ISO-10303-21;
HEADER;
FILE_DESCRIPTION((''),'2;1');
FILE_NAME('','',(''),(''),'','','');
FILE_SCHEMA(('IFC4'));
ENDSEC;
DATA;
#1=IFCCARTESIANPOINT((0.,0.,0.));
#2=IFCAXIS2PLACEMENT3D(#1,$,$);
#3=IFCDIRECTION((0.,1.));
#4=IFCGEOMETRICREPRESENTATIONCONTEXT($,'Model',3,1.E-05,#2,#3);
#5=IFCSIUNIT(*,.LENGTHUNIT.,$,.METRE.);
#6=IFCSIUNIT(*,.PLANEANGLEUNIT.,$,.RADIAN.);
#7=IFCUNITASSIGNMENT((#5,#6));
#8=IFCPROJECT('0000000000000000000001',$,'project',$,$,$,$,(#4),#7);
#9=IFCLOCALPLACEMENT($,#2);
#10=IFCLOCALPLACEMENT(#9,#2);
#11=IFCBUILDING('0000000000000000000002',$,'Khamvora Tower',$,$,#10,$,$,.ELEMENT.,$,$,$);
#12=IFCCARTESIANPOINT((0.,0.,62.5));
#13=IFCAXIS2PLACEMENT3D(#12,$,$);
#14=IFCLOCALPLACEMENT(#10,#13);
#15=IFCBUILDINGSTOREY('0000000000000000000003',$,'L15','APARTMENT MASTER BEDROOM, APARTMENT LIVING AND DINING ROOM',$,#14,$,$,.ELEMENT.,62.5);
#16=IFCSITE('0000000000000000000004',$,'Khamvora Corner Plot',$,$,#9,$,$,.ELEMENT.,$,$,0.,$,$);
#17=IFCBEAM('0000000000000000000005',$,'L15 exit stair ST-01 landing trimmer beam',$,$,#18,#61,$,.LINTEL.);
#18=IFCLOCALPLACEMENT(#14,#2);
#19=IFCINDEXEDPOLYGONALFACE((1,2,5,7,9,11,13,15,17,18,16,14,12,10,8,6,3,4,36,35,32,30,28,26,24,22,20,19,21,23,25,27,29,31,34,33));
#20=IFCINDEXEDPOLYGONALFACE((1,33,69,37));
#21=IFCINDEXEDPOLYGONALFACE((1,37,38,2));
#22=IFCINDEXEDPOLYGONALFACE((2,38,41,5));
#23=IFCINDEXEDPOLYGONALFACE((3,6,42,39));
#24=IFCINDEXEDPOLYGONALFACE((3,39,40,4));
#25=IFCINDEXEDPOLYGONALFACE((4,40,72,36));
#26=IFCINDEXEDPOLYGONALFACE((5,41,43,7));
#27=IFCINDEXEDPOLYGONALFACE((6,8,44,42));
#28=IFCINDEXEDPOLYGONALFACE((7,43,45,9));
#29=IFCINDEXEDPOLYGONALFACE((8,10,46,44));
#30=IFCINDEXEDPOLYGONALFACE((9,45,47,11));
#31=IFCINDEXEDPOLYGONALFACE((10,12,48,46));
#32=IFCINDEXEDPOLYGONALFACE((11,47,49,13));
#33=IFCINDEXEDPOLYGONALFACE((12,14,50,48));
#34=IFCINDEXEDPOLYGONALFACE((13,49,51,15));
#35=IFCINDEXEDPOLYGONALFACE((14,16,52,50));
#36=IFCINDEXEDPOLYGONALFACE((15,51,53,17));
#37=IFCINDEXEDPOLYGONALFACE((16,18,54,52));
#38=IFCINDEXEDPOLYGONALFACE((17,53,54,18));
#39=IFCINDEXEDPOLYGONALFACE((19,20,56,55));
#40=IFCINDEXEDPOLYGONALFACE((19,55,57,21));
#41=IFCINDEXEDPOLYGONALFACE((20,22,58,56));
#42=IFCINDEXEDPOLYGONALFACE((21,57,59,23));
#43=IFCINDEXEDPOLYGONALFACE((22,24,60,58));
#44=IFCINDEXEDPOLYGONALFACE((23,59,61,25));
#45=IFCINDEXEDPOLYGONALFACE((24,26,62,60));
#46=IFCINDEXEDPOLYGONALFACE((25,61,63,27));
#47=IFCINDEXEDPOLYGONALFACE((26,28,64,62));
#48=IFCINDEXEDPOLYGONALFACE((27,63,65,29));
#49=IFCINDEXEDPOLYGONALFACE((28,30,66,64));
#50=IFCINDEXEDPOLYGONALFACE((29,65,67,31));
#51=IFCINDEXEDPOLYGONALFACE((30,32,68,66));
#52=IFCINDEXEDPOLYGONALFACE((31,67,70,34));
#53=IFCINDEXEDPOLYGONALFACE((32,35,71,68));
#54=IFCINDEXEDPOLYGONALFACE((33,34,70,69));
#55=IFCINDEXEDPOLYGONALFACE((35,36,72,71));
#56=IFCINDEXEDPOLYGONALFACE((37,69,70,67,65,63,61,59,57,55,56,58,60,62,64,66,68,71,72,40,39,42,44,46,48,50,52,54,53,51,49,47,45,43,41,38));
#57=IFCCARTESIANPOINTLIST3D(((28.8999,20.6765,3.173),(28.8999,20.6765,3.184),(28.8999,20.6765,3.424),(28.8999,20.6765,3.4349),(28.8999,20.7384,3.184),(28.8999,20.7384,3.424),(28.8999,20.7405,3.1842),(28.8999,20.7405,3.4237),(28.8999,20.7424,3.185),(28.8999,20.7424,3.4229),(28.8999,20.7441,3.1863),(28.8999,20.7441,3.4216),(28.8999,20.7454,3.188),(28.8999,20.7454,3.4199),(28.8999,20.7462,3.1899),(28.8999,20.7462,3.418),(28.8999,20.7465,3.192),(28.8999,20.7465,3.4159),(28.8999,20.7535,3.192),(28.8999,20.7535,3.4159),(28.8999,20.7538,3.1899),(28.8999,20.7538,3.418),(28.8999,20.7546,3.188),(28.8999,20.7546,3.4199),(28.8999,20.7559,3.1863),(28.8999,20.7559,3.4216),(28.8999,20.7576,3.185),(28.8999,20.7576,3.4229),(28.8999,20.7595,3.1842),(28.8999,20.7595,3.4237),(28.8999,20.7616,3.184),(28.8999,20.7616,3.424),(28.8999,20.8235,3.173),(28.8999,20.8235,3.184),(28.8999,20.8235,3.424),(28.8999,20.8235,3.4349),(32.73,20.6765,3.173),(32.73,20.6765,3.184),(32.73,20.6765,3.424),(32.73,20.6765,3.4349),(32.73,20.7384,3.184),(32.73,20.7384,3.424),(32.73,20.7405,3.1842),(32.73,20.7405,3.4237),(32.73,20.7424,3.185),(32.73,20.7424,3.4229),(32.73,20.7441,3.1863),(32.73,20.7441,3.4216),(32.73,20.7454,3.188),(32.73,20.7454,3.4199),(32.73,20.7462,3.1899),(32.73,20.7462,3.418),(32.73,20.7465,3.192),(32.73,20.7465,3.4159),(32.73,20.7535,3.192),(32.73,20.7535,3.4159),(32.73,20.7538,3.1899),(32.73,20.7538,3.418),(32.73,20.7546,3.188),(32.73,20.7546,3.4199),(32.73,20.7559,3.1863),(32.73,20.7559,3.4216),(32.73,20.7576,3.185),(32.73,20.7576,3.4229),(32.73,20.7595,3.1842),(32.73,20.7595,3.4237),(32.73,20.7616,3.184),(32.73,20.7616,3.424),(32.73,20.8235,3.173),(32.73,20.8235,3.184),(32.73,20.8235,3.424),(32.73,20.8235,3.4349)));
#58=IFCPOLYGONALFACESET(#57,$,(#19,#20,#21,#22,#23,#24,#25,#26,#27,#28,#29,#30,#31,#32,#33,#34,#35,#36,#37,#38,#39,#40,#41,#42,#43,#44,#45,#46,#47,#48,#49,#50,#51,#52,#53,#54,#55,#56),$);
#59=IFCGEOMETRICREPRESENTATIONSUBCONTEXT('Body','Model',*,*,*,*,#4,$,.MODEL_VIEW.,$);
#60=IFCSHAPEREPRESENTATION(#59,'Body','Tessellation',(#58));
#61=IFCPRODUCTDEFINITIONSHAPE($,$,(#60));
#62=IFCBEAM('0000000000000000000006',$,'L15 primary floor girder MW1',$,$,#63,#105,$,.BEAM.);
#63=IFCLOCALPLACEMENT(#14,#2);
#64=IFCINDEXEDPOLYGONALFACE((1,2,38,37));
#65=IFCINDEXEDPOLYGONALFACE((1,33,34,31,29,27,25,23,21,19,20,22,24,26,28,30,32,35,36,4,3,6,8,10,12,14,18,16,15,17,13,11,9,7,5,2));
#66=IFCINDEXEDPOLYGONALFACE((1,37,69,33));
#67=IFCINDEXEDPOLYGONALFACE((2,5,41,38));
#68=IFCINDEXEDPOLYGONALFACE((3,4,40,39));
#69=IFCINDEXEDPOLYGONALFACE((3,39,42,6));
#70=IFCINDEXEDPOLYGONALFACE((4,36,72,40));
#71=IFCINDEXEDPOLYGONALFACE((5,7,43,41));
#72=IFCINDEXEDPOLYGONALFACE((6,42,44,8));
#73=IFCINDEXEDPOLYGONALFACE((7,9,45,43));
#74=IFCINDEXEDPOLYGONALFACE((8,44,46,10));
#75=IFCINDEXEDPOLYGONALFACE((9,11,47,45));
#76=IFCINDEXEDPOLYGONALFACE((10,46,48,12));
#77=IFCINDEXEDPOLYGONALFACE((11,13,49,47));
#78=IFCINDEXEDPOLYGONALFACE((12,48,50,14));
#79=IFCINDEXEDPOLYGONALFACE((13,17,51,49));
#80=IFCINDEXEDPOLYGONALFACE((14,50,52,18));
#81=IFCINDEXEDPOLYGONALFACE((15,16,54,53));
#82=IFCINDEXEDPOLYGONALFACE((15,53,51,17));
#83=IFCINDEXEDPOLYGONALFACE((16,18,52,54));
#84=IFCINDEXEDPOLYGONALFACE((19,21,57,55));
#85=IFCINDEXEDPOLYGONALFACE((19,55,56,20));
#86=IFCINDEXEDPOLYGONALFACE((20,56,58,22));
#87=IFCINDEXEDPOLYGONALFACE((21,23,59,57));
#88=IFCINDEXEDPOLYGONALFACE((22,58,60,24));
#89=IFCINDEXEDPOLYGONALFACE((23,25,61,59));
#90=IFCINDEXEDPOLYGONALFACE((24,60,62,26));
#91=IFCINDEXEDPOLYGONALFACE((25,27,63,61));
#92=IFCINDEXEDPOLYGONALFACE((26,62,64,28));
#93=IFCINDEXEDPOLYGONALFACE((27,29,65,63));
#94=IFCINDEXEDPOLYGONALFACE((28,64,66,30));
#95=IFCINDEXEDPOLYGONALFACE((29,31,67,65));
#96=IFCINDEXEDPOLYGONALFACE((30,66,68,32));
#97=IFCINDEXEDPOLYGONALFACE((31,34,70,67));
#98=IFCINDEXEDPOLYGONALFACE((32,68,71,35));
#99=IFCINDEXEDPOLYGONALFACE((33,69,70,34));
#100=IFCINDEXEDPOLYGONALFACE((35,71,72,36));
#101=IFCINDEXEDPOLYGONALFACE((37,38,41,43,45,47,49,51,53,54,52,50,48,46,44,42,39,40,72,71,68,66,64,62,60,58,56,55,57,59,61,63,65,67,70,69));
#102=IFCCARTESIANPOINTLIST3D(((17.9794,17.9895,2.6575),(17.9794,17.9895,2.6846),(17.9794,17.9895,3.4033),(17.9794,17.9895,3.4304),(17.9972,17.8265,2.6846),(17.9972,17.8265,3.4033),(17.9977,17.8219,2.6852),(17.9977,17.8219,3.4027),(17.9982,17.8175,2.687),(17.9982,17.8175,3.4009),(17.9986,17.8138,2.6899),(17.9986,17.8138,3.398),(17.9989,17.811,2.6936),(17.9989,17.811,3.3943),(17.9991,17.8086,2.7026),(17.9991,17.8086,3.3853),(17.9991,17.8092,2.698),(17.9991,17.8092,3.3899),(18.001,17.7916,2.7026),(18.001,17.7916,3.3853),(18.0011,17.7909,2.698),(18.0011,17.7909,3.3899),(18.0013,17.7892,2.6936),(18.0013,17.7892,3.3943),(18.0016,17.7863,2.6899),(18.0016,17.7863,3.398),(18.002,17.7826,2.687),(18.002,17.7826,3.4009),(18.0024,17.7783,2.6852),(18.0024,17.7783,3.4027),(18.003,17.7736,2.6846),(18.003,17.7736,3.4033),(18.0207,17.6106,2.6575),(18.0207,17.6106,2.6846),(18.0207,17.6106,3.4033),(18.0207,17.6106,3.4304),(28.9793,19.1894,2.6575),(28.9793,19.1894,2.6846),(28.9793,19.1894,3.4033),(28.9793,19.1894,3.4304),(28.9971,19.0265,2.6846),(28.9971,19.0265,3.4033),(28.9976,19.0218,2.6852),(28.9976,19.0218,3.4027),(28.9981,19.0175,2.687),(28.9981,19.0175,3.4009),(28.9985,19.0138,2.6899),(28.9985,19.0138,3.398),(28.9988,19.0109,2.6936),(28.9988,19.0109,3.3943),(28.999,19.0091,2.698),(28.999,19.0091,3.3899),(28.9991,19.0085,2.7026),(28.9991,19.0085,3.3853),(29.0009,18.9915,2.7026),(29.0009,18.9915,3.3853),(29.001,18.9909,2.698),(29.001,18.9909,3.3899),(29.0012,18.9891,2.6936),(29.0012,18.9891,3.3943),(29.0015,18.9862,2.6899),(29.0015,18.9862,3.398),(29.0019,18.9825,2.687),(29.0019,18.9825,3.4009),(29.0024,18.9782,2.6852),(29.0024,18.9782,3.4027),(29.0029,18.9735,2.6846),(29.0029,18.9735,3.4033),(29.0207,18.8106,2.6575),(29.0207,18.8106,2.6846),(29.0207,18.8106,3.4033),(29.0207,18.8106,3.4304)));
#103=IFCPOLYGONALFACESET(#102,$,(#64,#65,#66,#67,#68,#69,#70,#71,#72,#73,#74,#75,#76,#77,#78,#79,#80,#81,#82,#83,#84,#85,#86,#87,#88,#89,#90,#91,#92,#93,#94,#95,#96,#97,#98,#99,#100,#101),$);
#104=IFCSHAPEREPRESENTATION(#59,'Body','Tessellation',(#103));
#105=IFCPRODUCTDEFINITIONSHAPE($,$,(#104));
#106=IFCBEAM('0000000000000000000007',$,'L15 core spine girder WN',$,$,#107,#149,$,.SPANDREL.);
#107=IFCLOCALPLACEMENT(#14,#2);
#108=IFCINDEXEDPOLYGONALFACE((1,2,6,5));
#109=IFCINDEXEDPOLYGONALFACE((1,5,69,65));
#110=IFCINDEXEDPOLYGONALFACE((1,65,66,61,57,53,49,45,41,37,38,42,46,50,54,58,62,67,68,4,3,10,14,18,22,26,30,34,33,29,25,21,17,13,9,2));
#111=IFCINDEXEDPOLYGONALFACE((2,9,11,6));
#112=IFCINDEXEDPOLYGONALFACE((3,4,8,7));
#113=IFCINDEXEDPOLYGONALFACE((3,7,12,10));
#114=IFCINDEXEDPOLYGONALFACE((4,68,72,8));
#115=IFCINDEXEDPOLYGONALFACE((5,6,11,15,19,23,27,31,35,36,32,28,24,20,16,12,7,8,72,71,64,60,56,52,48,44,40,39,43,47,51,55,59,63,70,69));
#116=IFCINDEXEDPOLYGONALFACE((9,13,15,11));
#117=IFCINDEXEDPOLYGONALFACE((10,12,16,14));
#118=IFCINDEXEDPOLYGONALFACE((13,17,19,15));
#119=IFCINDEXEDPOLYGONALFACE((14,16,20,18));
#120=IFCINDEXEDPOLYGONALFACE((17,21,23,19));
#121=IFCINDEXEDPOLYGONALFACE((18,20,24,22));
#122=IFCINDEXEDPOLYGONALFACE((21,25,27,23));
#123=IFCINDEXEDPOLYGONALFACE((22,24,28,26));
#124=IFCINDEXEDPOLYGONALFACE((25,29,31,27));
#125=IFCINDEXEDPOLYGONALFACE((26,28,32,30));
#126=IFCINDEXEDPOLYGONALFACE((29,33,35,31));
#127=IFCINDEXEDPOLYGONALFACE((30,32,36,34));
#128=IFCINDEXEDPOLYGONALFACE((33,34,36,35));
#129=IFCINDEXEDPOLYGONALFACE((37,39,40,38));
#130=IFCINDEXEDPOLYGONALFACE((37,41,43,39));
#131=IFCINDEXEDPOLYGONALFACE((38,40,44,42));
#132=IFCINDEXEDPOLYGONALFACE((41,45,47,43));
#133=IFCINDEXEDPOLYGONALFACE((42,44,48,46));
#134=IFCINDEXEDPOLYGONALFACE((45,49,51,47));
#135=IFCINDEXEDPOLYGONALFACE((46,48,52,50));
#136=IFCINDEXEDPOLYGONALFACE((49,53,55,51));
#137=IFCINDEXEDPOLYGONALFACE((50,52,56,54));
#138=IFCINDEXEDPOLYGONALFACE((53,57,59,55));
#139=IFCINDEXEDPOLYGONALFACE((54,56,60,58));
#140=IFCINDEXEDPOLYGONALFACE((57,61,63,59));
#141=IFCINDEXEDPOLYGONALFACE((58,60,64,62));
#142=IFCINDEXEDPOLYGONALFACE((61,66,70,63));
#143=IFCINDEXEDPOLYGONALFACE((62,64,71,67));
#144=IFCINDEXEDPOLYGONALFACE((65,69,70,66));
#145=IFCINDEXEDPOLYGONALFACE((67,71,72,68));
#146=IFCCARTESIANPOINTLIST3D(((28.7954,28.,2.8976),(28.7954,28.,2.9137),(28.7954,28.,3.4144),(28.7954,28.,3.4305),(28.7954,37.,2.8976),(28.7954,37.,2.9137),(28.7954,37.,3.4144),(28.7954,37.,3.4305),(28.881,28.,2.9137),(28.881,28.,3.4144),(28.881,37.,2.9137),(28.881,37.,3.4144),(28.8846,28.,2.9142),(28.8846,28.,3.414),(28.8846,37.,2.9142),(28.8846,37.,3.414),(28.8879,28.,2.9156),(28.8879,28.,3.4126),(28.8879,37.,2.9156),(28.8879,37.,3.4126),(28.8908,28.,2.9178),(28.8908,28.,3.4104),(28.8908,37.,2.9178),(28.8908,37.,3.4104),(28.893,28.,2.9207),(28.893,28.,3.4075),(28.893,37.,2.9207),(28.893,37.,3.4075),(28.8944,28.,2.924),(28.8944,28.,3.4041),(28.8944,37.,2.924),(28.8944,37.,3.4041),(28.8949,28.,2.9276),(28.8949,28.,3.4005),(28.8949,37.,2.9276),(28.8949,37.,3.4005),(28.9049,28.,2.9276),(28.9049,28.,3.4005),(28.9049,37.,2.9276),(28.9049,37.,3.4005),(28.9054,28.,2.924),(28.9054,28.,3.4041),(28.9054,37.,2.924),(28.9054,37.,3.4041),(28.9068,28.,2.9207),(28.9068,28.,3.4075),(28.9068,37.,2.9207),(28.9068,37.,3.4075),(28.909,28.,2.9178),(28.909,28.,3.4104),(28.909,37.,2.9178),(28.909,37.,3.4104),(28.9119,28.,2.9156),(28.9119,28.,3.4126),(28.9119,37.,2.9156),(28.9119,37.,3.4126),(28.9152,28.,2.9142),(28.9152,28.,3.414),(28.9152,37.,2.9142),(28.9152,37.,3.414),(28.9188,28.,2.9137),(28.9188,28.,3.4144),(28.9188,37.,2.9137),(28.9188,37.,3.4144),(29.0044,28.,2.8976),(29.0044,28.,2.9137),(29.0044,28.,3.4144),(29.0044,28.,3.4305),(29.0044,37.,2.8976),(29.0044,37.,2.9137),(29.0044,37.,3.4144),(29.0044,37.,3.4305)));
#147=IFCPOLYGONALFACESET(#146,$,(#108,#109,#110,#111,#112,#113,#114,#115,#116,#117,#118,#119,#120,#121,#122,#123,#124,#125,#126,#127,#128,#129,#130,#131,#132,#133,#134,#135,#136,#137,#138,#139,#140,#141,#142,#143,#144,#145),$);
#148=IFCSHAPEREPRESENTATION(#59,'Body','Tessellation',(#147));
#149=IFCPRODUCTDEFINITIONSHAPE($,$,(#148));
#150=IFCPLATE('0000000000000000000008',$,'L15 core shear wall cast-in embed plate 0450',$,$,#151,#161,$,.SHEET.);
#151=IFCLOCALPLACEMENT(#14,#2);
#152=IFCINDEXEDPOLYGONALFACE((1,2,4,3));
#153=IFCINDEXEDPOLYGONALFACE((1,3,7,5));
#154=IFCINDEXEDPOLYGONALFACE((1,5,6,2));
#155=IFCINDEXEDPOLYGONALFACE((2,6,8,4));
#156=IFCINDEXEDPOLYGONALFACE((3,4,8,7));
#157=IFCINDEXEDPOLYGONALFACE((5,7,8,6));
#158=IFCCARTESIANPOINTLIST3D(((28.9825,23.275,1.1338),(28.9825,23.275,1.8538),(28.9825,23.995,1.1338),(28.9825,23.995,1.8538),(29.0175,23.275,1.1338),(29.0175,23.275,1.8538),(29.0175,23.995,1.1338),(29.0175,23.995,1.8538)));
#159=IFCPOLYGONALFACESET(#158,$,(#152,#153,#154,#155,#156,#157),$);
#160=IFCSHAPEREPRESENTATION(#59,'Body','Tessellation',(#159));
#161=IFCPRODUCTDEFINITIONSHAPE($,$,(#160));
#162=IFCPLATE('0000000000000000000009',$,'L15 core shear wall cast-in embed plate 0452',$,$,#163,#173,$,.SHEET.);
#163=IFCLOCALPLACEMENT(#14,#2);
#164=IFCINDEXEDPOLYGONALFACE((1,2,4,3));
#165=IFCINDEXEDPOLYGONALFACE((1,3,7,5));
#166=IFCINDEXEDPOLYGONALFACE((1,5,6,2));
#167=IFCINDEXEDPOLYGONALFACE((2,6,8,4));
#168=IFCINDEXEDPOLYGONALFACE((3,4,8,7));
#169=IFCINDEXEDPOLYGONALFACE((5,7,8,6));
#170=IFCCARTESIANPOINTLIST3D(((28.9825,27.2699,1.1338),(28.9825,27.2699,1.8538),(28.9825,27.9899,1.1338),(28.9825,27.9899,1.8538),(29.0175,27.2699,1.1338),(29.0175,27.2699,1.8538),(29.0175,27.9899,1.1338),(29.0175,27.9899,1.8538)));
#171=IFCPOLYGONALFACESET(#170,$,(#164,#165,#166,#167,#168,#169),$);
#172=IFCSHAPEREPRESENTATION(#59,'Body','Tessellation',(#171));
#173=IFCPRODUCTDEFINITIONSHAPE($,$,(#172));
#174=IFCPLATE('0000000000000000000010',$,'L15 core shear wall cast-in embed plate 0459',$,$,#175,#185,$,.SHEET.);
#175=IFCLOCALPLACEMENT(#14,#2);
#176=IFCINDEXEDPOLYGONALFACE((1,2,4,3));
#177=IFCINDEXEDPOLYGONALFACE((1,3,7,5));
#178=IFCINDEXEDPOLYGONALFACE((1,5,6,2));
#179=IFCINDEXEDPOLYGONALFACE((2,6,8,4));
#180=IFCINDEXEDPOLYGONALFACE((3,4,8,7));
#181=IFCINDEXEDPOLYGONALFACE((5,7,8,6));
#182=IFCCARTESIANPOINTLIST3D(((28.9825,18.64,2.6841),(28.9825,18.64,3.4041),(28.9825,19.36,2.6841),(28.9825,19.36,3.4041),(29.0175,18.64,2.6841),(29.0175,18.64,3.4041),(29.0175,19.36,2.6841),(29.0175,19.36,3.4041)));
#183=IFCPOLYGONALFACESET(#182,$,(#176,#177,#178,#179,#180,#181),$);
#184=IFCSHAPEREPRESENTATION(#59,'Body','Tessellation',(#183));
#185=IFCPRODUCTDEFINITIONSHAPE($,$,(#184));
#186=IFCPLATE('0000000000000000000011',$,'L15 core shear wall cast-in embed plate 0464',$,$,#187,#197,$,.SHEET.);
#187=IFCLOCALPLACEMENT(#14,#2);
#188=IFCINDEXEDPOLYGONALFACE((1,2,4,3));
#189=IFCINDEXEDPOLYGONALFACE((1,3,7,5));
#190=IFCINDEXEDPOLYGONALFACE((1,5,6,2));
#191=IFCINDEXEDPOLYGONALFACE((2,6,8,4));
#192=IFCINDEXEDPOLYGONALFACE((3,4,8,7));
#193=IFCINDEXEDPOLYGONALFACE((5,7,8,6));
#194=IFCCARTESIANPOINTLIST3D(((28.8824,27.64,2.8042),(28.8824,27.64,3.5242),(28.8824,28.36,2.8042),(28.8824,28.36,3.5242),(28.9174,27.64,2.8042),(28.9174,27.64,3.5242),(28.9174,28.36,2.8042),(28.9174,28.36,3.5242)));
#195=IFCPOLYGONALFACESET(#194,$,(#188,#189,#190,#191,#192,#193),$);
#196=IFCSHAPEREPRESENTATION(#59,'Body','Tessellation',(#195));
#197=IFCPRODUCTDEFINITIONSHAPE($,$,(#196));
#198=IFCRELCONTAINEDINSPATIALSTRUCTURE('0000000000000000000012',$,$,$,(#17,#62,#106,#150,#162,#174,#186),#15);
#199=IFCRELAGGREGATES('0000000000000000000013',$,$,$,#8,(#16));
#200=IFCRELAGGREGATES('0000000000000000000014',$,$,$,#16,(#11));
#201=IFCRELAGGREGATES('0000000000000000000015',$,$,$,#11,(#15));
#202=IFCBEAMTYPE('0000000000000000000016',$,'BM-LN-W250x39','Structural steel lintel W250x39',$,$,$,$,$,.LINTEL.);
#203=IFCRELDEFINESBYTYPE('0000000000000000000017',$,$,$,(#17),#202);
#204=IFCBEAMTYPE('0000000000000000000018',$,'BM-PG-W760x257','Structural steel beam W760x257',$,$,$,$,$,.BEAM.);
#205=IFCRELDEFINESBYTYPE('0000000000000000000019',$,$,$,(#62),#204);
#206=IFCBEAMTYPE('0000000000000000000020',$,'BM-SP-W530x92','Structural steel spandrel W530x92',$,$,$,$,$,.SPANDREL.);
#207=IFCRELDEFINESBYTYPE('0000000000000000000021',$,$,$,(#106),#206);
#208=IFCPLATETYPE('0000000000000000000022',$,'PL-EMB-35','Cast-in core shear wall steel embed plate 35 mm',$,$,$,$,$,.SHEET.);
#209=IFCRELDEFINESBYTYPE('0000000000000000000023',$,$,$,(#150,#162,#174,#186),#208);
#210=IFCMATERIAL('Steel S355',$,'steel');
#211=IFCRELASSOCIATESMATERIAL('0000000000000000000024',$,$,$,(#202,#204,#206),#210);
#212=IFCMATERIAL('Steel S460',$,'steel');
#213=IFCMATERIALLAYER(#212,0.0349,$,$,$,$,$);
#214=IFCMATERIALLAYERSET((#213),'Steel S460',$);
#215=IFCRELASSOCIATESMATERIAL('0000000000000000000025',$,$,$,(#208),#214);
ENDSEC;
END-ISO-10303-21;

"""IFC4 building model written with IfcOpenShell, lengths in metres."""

from ifc_helpers import new_model, si_unit, direction, frame, origin, origin_2d, place, context, subcontext, project, spatial, rectangle, i_section, extrude, material, layer, layer_set, material_profile, profile_set, type_object, element, save


model = new_model("IFC4")

# Units and contexts
model_context = context("Model", 3, precision=1e-05, world=origin(), true_north=direction((0.0, 1.0)))
body_context = subcontext(model_context, "Body", "Model", "MODEL_VIEW")
ifc_project = project(units=[si_unit("LENGTHUNIT", "METRE"), si_unit("PLANEANGLEUNIT", "RADIAN")], contexts=[model_context])

# Site, building, storey
site_placement = place(None, origin())
site = spatial("IfcSite", under=ifc_project, at=site_placement, Name="Khamvora Corner Plot", CompositionType="ELEMENT", RefElevation=0.0)
building_placement = place(site_placement, origin())
building = spatial("IfcBuilding", under=site, at=building_placement, Name="Khamvora Tower", CompositionType="ELEMENT")
storey_placement = place(building_placement, frame((0.0, 0.0, 62.5)))
storey = spatial("IfcBuildingStorey", under=building, at=storey_placement, Name="L15", Description="APARTMENT MASTER BEDROOM, APARTMENT LIVING AND DINING ROOM", CompositionType="ELEMENT", Elevation=62.5)

# Shared definitions
ifc_material_1 = material(Name="Steel S460", Category="steel")

# Beams
ifc_material_2 = material(Name="Steel S355", Category="steel")
ifc_material_profile_1 = material_profile(ifc_material_2, i_section(OverallWidth=0.147, OverallDepth=0.262, WebThickness=0.0071, FlangeThickness=0.011, FilletRadius=0.0081, at=origin_2d()), Name="W250x39")
ifc_profile_set_1 = profile_set([ifc_material_profile_1], Name="Steel S355")
beam_type_1 = type_object("IfcBeamType", Name="BM-LN-W250x39", Description="Structural steel lintel W250x39", PredefinedType="LINTEL", material=ifc_profile_set_1)
beam_1_placement = place(storey_placement, frame((28.8999, 20.75, 3.304), z_axis=(1.0, 0.0, 0.0), x_axis=(0.0, 1.0, 0.0)))
element("IfcBeam", 1, at=beam_1_placement, inside=storey, type_object=beam_type_1, Name="L15 exit stair ST-01 landing trimmer beam", PredefinedType="LINTEL", context=body_context, shape_type="SweptSolid", body=[
    extrude(i_section(OverallWidth=0.147, OverallDepth=0.262, WebThickness=0.0071, FlangeThickness=0.011, FilletRadius=0.0081, at=origin_2d()), origin(), (0.0, 0.0, 1.0), 3.8301),
])
ifc_material_profile_2 = material_profile(ifc_material_2, i_section(OverallWidth=0.3811, OverallDepth=0.7729, WebThickness=0.0171, FlangeThickness=0.0271, FilletRadius=0.0181, at=origin_2d()), Name="W760x257")
ifc_profile_set_2 = profile_set([ifc_material_profile_2], Name="Steel S355")
beam_type_2 = type_object("IfcBeamType", Name="BM-PG-W760x257", Description="Structural steel beam W760x257", PredefinedType="BEAM", material=ifc_profile_set_2)
beam_2_placement = place(storey_placement, frame((29.0, 19.0, 3.0439), z_axis=(-0.994103, -0.108443, 0.0), x_axis=(0.108443, -0.994103, 0.0)))
element("IfcBeam", 2, at=beam_2_placement, inside=storey, type_object=beam_type_2, Name="L15 primary floor girder MW1", PredefinedType="BEAM", context=body_context, shape_type="SweptSolid", body=[
    extrude(i_section(OverallWidth=0.3811, OverallDepth=0.7729, WebThickness=0.0171, FlangeThickness=0.0271, FilletRadius=0.0181, at=origin_2d()), origin(), (0.0, 0.0, 1.0), 11.0652),
])
ifc_material_profile_3 = material_profile(ifc_material_2, i_section(OverallWidth=0.209, OverallDepth=0.533, WebThickness=0.01, FlangeThickness=0.0161, FilletRadius=0.0139, at=origin_2d()), Name="W530x92")
ifc_profile_set_3 = profile_set([ifc_material_profile_3], Name="Steel S355")
beam_type_3 = type_object("IfcBeamType", Name="BM-SP-W530x92", Description="Structural steel spandrel W530x92", PredefinedType="SPANDREL", material=ifc_profile_set_3)
beam_3_placement = place(storey_placement, frame((28.8999, 28.0, 3.1641), z_axis=(0.0, 1.0, 0.0), x_axis=(-1.0, 0.0, 0.0)))
element("IfcBeam", 3, at=beam_3_placement, inside=storey, type_object=beam_type_3, Name="L15 core spine girder WN", PredefinedType="SPANDREL", context=body_context, shape_type="SweptSolid", body=[
    extrude(i_section(OverallWidth=0.209, OverallDepth=0.533, WebThickness=0.01, FlangeThickness=0.0161, FilletRadius=0.0139, at=origin_2d()), origin(), (0.0, 0.0, 1.0), 9.0),
])

# Plates
ifc_layer_1 = layer(ifc_material_1, 0.0349)
ifc_layer_set_1 = layer_set([ifc_layer_1], Name="Steel S460")
plate_type = type_object("IfcPlateType", Name="PL-EMB-35", Description="Cast-in core shear wall steel embed plate 35 mm", PredefinedType="SHEET", material=ifc_layer_set_1)
for number, where, z_axis, x_axis, name in (
    (4, (29.0, 23.635, 1.1338), (0.0, 0.0, 1.0), (1.0, 0.0, 0.0), "L15 core shear wall cast-in embed plate 0450"),
    (5, (29.0, 27.6299, 1.1338), (0.0, 0.0, 1.0), (1.0, 0.0, 0.0), "L15 core shear wall cast-in embed plate 0452"),
    (6, (29.0, 19.0, 2.6841), (0.0, 0.0, 1.0), (1.0, 0.0, 0.0), "L15 core shear wall cast-in embed plate 0459"),
    (7, (28.8999, 28.0, 2.8042), (0.0, 0.0, 1.0), (1.0, 0.0, 0.0), "L15 core shear wall cast-in embed plate 0464"),
):
    element("IfcPlate", number, at=place(storey_placement, frame(where, z_axis=z_axis, x_axis=x_axis)), inside=storey, type_object=plate_type, Name=name, PredefinedType="SHEET", context=body_context, shape_type="SweptSolid", body=[
        extrude(rectangle(XDim=0.0349, YDim=0.72, at=origin_2d()), origin(), (0.0, 0.0, 1.0), 0.72),
    ])

save(model, "model.ifc")
